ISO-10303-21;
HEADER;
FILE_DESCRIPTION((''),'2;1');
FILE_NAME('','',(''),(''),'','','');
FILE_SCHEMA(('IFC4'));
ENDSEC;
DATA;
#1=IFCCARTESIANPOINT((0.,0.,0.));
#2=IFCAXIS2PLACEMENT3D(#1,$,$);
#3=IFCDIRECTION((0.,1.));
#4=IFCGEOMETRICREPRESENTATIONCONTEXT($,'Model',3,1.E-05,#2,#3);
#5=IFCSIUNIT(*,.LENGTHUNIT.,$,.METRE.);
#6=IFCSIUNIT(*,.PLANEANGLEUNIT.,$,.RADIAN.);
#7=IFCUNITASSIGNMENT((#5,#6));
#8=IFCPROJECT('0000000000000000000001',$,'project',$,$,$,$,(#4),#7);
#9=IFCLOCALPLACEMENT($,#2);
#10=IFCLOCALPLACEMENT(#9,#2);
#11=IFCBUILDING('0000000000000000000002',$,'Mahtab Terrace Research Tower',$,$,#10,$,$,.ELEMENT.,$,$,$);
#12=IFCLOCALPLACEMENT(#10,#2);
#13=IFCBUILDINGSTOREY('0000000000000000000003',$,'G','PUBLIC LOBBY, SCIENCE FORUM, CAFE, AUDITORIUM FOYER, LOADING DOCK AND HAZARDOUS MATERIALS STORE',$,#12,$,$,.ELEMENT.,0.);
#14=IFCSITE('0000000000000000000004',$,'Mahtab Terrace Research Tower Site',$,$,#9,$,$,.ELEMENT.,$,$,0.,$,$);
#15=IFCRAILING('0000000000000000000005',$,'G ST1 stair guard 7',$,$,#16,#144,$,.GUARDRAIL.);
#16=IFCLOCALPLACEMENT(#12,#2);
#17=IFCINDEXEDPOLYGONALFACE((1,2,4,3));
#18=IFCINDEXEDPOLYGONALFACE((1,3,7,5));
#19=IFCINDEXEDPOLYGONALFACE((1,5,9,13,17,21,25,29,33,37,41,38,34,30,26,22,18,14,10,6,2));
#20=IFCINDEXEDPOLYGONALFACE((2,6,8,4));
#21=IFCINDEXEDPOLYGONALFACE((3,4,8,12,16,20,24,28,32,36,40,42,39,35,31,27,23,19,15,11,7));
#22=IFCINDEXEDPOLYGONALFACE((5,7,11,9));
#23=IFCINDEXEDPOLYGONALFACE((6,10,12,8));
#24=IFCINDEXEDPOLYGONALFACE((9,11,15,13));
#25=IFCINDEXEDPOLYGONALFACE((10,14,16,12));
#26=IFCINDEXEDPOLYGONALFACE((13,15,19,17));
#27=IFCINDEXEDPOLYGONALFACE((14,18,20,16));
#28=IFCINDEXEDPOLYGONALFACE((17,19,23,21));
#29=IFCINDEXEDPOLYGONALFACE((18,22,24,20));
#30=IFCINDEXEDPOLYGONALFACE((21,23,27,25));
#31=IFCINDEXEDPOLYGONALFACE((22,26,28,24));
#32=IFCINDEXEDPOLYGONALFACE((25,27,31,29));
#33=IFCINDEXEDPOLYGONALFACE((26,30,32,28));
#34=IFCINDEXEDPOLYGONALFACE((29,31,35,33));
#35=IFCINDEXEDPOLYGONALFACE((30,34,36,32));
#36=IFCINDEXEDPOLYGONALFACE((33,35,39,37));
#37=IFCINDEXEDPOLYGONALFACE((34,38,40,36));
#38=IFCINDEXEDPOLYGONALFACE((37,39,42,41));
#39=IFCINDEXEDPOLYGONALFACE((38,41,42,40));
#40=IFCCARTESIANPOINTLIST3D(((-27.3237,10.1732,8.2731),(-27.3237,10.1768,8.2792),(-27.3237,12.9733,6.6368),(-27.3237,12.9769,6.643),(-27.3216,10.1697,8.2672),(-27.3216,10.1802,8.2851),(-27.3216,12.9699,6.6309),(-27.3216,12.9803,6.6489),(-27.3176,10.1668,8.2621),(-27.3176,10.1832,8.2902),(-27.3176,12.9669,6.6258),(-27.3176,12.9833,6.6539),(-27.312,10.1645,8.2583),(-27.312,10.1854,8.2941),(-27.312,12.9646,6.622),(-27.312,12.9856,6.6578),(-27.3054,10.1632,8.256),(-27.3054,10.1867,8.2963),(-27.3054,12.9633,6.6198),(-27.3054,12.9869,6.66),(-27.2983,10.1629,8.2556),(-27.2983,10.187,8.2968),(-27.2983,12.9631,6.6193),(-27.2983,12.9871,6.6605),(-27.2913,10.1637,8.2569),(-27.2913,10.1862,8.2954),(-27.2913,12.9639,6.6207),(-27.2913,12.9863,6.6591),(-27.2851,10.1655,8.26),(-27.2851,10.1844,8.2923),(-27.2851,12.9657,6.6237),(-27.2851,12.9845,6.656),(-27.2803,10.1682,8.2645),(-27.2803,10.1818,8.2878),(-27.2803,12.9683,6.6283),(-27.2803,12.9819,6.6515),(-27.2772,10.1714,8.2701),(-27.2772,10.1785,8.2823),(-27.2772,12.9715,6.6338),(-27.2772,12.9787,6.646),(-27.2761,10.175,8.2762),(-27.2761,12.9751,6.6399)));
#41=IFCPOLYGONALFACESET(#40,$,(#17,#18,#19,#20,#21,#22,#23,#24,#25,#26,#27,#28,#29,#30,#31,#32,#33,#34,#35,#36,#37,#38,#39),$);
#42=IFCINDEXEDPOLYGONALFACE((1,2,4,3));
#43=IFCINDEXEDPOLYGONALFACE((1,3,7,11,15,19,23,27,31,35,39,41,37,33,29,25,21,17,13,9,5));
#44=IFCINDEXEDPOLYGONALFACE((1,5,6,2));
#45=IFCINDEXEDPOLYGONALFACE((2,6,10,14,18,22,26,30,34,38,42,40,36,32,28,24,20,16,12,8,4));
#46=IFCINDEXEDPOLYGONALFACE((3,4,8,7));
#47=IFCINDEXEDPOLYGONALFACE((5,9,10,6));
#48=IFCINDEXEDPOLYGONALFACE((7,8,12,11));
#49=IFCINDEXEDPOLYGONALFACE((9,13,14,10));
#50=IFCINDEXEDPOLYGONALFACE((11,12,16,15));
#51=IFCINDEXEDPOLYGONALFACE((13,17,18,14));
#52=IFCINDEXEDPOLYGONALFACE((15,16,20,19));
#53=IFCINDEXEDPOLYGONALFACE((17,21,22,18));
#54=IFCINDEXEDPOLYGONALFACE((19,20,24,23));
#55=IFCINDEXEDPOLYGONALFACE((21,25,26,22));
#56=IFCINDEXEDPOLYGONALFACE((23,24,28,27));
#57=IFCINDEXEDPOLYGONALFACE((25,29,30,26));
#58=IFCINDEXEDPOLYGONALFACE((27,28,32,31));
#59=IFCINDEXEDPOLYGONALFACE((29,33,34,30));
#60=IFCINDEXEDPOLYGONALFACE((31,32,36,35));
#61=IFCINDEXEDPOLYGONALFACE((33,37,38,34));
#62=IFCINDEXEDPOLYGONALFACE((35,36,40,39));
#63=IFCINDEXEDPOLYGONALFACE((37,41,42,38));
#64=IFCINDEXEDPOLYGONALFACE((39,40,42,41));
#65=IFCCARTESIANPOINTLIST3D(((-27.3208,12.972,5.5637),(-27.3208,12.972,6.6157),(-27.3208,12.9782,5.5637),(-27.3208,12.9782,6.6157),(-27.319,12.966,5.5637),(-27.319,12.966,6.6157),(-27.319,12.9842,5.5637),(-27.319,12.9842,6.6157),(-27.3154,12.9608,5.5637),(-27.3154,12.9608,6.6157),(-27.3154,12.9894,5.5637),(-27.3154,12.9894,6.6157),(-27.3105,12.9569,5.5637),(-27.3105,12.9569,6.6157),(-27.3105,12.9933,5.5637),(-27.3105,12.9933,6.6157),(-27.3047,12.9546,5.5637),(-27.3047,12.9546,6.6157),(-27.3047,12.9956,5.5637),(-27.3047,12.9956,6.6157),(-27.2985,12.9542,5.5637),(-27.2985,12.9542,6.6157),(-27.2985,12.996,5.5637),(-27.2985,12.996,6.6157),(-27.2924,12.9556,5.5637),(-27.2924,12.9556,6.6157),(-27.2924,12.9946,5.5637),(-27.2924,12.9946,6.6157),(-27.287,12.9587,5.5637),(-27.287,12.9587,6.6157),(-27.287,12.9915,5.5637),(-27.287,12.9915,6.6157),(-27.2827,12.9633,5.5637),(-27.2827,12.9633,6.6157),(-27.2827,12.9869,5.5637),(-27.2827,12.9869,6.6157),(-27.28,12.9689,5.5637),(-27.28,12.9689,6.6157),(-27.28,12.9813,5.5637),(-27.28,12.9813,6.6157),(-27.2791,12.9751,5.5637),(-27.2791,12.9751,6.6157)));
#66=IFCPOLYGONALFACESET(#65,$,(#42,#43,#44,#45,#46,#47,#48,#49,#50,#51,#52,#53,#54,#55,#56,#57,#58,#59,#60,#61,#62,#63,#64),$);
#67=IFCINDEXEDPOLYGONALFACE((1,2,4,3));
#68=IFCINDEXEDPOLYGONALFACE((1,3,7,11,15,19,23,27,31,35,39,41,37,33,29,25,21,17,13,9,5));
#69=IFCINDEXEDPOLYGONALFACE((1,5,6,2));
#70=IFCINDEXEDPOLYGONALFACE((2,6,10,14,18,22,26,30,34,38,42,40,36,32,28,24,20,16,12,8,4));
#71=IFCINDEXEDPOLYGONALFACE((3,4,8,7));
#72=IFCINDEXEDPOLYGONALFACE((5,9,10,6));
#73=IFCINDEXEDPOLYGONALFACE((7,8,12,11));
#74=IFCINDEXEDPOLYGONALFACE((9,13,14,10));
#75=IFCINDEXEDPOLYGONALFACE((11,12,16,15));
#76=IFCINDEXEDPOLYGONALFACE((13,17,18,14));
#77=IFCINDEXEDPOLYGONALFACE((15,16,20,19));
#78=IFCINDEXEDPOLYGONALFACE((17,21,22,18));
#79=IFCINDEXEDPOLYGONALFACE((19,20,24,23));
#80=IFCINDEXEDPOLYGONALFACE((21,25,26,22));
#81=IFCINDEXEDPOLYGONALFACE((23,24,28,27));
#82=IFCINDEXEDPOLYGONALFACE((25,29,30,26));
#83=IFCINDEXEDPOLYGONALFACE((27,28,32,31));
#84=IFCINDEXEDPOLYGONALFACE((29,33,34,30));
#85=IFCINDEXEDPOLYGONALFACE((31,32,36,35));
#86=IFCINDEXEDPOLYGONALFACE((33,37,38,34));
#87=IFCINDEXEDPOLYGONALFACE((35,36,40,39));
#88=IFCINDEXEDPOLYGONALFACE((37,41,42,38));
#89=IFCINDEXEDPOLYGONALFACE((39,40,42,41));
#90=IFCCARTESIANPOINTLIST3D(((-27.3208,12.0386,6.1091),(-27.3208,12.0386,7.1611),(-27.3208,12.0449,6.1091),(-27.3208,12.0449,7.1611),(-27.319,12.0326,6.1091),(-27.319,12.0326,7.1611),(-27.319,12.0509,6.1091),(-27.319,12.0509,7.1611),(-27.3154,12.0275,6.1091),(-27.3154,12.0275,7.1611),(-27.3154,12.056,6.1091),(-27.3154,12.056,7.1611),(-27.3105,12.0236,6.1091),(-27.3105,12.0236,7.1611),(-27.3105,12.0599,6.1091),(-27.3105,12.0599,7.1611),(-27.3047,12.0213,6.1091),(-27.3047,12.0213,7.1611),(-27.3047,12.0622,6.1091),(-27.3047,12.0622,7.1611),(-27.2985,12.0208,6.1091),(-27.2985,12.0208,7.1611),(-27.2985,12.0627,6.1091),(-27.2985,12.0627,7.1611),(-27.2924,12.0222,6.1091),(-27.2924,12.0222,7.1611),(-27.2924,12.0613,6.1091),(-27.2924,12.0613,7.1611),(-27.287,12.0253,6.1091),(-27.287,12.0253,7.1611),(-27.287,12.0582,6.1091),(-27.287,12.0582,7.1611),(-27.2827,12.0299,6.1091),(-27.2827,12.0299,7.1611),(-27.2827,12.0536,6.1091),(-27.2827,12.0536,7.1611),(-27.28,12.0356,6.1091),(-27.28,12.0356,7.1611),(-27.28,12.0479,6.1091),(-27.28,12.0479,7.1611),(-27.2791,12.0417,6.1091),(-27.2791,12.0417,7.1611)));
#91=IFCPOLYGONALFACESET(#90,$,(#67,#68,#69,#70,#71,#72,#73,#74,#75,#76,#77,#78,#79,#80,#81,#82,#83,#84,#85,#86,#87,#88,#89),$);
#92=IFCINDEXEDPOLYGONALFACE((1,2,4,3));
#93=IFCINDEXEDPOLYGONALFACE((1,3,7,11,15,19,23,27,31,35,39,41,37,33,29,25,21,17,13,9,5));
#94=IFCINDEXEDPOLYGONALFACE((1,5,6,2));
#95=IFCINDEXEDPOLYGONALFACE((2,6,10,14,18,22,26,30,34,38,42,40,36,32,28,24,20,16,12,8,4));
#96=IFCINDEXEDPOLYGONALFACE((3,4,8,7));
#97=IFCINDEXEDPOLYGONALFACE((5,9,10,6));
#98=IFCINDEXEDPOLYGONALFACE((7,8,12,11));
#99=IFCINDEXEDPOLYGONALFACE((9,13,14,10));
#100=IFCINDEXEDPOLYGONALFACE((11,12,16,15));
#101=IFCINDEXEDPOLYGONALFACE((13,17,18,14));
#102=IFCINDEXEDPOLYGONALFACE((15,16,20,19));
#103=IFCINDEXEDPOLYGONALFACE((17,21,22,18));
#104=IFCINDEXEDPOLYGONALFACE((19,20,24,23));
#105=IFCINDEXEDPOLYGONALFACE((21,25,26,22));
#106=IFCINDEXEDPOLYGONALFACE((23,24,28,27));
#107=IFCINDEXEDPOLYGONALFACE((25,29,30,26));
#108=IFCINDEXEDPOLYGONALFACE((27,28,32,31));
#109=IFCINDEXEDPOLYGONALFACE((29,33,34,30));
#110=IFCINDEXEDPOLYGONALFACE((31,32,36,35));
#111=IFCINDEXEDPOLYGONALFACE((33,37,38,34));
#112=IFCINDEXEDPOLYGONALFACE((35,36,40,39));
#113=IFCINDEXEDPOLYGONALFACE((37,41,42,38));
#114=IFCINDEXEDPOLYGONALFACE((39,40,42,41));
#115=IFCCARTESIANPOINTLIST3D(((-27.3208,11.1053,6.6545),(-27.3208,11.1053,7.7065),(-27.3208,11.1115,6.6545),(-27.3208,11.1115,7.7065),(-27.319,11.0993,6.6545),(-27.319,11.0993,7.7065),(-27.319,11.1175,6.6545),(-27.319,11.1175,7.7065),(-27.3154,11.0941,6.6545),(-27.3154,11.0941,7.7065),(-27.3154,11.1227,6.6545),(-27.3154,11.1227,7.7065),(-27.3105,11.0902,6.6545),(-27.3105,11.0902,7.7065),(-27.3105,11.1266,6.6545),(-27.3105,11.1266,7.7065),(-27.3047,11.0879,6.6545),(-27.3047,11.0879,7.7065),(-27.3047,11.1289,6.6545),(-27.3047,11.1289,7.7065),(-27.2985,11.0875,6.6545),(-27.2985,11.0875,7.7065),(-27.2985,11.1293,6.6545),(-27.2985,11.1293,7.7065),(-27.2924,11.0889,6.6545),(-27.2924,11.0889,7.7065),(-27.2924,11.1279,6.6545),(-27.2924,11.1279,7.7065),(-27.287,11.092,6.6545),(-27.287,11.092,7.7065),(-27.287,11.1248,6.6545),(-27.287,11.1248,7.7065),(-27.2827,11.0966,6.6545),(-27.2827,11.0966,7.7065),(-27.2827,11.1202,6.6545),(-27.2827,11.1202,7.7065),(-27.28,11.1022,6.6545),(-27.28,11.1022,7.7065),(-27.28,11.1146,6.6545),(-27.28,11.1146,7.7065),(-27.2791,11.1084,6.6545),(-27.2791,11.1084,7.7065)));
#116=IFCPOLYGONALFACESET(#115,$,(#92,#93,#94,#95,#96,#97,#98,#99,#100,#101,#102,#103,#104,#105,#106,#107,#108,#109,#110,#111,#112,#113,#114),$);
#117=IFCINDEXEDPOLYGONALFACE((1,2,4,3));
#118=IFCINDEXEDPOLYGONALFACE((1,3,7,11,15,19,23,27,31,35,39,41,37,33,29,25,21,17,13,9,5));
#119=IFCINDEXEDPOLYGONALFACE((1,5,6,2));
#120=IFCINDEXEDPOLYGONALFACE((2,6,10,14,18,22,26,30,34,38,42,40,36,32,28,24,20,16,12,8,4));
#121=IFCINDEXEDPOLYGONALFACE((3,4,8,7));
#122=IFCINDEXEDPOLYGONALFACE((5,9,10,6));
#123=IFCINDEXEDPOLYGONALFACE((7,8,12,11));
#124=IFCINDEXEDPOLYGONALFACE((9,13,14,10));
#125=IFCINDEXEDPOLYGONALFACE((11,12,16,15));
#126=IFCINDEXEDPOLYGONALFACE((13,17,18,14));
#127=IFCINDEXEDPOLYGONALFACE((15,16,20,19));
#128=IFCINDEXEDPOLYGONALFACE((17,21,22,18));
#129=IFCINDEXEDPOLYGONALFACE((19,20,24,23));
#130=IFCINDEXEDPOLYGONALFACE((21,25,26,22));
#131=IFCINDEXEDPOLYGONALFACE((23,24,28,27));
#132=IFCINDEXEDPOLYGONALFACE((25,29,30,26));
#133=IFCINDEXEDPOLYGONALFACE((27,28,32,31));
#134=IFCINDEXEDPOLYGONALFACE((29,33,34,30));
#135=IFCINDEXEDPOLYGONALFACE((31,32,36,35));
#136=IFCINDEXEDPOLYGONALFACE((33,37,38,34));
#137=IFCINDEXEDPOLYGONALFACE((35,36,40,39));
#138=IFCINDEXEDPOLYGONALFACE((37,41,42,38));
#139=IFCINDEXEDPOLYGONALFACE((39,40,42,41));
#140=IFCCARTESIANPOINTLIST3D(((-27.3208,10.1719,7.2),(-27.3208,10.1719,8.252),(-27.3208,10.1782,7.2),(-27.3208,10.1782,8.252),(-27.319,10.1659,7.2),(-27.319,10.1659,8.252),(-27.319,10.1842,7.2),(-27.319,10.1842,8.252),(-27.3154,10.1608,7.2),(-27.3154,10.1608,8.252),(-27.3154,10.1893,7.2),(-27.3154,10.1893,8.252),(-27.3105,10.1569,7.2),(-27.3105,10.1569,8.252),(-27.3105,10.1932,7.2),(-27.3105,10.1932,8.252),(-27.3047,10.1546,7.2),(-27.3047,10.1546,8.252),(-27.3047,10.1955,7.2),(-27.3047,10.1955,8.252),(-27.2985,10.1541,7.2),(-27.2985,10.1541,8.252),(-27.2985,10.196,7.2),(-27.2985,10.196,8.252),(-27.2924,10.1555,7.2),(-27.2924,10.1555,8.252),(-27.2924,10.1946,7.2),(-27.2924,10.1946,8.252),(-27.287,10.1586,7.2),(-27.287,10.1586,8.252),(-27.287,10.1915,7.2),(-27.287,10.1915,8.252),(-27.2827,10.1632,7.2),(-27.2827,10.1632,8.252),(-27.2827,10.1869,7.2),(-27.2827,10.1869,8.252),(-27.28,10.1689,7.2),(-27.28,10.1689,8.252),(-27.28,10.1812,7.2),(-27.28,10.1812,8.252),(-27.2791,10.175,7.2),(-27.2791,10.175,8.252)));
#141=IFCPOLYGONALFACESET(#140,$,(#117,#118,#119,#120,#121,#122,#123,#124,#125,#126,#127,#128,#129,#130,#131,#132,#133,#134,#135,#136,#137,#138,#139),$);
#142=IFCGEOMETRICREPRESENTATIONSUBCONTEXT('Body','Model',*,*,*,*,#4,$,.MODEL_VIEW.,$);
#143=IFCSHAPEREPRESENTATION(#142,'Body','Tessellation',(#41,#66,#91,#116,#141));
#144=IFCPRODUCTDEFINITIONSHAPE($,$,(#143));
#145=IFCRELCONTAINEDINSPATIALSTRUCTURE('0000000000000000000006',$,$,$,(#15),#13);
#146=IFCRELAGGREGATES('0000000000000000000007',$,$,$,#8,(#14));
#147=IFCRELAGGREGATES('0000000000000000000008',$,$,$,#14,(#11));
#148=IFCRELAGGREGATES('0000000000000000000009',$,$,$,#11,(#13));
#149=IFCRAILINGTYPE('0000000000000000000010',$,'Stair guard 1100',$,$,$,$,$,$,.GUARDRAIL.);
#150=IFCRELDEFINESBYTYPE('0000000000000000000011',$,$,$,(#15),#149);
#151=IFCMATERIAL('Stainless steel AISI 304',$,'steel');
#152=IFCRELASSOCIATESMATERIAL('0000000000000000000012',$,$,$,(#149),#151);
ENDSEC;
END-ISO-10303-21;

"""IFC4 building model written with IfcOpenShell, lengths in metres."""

from ifc_helpers import new_model, si_unit, direction, frame, origin, origin_2d, place, context, subcontext, project, spatial, circle, extrude, material, type_object, element, save


model = new_model("IFC4")

# Units and contexts
model_context = context("Model", 3, precision=1e-05, world=origin(), true_north=direction((0.0, 1.0)))
body_context = subcontext(model_context, "Body", "Model", "MODEL_VIEW")
ifc_project = project(units=[si_unit("LENGTHUNIT", "METRE"), si_unit("PLANEANGLEUNIT", "RADIAN")], contexts=[model_context])

# Site, building, storey
site_placement = place(None, origin())
site = spatial("IfcSite", under=ifc_project, at=site_placement, Name="Mahtab Terrace Research Tower Site", CompositionType="ELEMENT", RefElevation=0.0)
building_placement = place(site_placement, origin())
building = spatial("IfcBuilding", under=site, at=building_placement, Name="Mahtab Terrace Research Tower", CompositionType="ELEMENT")
storey_placement = place(building_placement, origin())
storey = spatial("IfcBuildingStorey", under=building, at=storey_placement, Name="G", Description="PUBLIC LOBBY, SCIENCE FORUM, CAFE, AUDITORIUM FOYER, LOADING DOCK AND HAZARDOUS MATERIALS STORE", CompositionType="ELEMENT", Elevation=0.0)

# Railing
ifc_material_1 = material(Name="Stainless steel AISI 304", Category="steel")
railing_type_1 = type_object("IfcRailingType", Name="Stair guard 1100", PredefinedType="GUARDRAIL", material=ifc_material_1)
railing_1_placement = place(storey_placement, frame((-27.3, 12.9751, 5.5637)))
element("IfcRailing", 1, at=railing_1_placement, inside=storey, type_object=railing_type_1, Name="G ST1 stair guard 7", PredefinedType="GUARDRAIL", context=body_context, shape_type="SweptSolid", body=[
    extrude(circle(Radius=0.0239, at=origin_2d()), frame((0.0, 0.0, 1.0762), z_axis=(0.0, -0.863394, 0.504531), x_axis=(1.0, 0.0, 0.0)), (0.0, 0.0, 1.0), 3.2432),
    extrude(circle(Radius=0.021, at=origin_2d()), origin(), (0.0, 0.0, 1.0), 1.052),
    extrude(circle(Radius=0.021, at=origin_2d()), frame((0.0, -0.9333, 0.5454)), (0.0, 0.0, 1.0), 1.052),
    extrude(circle(Radius=0.021, at=origin_2d()), frame((0.0, -1.8667, 1.0908)), (0.0, 0.0, 1.0), 1.052),
    extrude(circle(Radius=0.021, at=origin_2d()), frame((0.0, -2.8, 1.6362)), (0.0, 0.0, 1.0), 1.052),
])

save(model, "model.ifc")
